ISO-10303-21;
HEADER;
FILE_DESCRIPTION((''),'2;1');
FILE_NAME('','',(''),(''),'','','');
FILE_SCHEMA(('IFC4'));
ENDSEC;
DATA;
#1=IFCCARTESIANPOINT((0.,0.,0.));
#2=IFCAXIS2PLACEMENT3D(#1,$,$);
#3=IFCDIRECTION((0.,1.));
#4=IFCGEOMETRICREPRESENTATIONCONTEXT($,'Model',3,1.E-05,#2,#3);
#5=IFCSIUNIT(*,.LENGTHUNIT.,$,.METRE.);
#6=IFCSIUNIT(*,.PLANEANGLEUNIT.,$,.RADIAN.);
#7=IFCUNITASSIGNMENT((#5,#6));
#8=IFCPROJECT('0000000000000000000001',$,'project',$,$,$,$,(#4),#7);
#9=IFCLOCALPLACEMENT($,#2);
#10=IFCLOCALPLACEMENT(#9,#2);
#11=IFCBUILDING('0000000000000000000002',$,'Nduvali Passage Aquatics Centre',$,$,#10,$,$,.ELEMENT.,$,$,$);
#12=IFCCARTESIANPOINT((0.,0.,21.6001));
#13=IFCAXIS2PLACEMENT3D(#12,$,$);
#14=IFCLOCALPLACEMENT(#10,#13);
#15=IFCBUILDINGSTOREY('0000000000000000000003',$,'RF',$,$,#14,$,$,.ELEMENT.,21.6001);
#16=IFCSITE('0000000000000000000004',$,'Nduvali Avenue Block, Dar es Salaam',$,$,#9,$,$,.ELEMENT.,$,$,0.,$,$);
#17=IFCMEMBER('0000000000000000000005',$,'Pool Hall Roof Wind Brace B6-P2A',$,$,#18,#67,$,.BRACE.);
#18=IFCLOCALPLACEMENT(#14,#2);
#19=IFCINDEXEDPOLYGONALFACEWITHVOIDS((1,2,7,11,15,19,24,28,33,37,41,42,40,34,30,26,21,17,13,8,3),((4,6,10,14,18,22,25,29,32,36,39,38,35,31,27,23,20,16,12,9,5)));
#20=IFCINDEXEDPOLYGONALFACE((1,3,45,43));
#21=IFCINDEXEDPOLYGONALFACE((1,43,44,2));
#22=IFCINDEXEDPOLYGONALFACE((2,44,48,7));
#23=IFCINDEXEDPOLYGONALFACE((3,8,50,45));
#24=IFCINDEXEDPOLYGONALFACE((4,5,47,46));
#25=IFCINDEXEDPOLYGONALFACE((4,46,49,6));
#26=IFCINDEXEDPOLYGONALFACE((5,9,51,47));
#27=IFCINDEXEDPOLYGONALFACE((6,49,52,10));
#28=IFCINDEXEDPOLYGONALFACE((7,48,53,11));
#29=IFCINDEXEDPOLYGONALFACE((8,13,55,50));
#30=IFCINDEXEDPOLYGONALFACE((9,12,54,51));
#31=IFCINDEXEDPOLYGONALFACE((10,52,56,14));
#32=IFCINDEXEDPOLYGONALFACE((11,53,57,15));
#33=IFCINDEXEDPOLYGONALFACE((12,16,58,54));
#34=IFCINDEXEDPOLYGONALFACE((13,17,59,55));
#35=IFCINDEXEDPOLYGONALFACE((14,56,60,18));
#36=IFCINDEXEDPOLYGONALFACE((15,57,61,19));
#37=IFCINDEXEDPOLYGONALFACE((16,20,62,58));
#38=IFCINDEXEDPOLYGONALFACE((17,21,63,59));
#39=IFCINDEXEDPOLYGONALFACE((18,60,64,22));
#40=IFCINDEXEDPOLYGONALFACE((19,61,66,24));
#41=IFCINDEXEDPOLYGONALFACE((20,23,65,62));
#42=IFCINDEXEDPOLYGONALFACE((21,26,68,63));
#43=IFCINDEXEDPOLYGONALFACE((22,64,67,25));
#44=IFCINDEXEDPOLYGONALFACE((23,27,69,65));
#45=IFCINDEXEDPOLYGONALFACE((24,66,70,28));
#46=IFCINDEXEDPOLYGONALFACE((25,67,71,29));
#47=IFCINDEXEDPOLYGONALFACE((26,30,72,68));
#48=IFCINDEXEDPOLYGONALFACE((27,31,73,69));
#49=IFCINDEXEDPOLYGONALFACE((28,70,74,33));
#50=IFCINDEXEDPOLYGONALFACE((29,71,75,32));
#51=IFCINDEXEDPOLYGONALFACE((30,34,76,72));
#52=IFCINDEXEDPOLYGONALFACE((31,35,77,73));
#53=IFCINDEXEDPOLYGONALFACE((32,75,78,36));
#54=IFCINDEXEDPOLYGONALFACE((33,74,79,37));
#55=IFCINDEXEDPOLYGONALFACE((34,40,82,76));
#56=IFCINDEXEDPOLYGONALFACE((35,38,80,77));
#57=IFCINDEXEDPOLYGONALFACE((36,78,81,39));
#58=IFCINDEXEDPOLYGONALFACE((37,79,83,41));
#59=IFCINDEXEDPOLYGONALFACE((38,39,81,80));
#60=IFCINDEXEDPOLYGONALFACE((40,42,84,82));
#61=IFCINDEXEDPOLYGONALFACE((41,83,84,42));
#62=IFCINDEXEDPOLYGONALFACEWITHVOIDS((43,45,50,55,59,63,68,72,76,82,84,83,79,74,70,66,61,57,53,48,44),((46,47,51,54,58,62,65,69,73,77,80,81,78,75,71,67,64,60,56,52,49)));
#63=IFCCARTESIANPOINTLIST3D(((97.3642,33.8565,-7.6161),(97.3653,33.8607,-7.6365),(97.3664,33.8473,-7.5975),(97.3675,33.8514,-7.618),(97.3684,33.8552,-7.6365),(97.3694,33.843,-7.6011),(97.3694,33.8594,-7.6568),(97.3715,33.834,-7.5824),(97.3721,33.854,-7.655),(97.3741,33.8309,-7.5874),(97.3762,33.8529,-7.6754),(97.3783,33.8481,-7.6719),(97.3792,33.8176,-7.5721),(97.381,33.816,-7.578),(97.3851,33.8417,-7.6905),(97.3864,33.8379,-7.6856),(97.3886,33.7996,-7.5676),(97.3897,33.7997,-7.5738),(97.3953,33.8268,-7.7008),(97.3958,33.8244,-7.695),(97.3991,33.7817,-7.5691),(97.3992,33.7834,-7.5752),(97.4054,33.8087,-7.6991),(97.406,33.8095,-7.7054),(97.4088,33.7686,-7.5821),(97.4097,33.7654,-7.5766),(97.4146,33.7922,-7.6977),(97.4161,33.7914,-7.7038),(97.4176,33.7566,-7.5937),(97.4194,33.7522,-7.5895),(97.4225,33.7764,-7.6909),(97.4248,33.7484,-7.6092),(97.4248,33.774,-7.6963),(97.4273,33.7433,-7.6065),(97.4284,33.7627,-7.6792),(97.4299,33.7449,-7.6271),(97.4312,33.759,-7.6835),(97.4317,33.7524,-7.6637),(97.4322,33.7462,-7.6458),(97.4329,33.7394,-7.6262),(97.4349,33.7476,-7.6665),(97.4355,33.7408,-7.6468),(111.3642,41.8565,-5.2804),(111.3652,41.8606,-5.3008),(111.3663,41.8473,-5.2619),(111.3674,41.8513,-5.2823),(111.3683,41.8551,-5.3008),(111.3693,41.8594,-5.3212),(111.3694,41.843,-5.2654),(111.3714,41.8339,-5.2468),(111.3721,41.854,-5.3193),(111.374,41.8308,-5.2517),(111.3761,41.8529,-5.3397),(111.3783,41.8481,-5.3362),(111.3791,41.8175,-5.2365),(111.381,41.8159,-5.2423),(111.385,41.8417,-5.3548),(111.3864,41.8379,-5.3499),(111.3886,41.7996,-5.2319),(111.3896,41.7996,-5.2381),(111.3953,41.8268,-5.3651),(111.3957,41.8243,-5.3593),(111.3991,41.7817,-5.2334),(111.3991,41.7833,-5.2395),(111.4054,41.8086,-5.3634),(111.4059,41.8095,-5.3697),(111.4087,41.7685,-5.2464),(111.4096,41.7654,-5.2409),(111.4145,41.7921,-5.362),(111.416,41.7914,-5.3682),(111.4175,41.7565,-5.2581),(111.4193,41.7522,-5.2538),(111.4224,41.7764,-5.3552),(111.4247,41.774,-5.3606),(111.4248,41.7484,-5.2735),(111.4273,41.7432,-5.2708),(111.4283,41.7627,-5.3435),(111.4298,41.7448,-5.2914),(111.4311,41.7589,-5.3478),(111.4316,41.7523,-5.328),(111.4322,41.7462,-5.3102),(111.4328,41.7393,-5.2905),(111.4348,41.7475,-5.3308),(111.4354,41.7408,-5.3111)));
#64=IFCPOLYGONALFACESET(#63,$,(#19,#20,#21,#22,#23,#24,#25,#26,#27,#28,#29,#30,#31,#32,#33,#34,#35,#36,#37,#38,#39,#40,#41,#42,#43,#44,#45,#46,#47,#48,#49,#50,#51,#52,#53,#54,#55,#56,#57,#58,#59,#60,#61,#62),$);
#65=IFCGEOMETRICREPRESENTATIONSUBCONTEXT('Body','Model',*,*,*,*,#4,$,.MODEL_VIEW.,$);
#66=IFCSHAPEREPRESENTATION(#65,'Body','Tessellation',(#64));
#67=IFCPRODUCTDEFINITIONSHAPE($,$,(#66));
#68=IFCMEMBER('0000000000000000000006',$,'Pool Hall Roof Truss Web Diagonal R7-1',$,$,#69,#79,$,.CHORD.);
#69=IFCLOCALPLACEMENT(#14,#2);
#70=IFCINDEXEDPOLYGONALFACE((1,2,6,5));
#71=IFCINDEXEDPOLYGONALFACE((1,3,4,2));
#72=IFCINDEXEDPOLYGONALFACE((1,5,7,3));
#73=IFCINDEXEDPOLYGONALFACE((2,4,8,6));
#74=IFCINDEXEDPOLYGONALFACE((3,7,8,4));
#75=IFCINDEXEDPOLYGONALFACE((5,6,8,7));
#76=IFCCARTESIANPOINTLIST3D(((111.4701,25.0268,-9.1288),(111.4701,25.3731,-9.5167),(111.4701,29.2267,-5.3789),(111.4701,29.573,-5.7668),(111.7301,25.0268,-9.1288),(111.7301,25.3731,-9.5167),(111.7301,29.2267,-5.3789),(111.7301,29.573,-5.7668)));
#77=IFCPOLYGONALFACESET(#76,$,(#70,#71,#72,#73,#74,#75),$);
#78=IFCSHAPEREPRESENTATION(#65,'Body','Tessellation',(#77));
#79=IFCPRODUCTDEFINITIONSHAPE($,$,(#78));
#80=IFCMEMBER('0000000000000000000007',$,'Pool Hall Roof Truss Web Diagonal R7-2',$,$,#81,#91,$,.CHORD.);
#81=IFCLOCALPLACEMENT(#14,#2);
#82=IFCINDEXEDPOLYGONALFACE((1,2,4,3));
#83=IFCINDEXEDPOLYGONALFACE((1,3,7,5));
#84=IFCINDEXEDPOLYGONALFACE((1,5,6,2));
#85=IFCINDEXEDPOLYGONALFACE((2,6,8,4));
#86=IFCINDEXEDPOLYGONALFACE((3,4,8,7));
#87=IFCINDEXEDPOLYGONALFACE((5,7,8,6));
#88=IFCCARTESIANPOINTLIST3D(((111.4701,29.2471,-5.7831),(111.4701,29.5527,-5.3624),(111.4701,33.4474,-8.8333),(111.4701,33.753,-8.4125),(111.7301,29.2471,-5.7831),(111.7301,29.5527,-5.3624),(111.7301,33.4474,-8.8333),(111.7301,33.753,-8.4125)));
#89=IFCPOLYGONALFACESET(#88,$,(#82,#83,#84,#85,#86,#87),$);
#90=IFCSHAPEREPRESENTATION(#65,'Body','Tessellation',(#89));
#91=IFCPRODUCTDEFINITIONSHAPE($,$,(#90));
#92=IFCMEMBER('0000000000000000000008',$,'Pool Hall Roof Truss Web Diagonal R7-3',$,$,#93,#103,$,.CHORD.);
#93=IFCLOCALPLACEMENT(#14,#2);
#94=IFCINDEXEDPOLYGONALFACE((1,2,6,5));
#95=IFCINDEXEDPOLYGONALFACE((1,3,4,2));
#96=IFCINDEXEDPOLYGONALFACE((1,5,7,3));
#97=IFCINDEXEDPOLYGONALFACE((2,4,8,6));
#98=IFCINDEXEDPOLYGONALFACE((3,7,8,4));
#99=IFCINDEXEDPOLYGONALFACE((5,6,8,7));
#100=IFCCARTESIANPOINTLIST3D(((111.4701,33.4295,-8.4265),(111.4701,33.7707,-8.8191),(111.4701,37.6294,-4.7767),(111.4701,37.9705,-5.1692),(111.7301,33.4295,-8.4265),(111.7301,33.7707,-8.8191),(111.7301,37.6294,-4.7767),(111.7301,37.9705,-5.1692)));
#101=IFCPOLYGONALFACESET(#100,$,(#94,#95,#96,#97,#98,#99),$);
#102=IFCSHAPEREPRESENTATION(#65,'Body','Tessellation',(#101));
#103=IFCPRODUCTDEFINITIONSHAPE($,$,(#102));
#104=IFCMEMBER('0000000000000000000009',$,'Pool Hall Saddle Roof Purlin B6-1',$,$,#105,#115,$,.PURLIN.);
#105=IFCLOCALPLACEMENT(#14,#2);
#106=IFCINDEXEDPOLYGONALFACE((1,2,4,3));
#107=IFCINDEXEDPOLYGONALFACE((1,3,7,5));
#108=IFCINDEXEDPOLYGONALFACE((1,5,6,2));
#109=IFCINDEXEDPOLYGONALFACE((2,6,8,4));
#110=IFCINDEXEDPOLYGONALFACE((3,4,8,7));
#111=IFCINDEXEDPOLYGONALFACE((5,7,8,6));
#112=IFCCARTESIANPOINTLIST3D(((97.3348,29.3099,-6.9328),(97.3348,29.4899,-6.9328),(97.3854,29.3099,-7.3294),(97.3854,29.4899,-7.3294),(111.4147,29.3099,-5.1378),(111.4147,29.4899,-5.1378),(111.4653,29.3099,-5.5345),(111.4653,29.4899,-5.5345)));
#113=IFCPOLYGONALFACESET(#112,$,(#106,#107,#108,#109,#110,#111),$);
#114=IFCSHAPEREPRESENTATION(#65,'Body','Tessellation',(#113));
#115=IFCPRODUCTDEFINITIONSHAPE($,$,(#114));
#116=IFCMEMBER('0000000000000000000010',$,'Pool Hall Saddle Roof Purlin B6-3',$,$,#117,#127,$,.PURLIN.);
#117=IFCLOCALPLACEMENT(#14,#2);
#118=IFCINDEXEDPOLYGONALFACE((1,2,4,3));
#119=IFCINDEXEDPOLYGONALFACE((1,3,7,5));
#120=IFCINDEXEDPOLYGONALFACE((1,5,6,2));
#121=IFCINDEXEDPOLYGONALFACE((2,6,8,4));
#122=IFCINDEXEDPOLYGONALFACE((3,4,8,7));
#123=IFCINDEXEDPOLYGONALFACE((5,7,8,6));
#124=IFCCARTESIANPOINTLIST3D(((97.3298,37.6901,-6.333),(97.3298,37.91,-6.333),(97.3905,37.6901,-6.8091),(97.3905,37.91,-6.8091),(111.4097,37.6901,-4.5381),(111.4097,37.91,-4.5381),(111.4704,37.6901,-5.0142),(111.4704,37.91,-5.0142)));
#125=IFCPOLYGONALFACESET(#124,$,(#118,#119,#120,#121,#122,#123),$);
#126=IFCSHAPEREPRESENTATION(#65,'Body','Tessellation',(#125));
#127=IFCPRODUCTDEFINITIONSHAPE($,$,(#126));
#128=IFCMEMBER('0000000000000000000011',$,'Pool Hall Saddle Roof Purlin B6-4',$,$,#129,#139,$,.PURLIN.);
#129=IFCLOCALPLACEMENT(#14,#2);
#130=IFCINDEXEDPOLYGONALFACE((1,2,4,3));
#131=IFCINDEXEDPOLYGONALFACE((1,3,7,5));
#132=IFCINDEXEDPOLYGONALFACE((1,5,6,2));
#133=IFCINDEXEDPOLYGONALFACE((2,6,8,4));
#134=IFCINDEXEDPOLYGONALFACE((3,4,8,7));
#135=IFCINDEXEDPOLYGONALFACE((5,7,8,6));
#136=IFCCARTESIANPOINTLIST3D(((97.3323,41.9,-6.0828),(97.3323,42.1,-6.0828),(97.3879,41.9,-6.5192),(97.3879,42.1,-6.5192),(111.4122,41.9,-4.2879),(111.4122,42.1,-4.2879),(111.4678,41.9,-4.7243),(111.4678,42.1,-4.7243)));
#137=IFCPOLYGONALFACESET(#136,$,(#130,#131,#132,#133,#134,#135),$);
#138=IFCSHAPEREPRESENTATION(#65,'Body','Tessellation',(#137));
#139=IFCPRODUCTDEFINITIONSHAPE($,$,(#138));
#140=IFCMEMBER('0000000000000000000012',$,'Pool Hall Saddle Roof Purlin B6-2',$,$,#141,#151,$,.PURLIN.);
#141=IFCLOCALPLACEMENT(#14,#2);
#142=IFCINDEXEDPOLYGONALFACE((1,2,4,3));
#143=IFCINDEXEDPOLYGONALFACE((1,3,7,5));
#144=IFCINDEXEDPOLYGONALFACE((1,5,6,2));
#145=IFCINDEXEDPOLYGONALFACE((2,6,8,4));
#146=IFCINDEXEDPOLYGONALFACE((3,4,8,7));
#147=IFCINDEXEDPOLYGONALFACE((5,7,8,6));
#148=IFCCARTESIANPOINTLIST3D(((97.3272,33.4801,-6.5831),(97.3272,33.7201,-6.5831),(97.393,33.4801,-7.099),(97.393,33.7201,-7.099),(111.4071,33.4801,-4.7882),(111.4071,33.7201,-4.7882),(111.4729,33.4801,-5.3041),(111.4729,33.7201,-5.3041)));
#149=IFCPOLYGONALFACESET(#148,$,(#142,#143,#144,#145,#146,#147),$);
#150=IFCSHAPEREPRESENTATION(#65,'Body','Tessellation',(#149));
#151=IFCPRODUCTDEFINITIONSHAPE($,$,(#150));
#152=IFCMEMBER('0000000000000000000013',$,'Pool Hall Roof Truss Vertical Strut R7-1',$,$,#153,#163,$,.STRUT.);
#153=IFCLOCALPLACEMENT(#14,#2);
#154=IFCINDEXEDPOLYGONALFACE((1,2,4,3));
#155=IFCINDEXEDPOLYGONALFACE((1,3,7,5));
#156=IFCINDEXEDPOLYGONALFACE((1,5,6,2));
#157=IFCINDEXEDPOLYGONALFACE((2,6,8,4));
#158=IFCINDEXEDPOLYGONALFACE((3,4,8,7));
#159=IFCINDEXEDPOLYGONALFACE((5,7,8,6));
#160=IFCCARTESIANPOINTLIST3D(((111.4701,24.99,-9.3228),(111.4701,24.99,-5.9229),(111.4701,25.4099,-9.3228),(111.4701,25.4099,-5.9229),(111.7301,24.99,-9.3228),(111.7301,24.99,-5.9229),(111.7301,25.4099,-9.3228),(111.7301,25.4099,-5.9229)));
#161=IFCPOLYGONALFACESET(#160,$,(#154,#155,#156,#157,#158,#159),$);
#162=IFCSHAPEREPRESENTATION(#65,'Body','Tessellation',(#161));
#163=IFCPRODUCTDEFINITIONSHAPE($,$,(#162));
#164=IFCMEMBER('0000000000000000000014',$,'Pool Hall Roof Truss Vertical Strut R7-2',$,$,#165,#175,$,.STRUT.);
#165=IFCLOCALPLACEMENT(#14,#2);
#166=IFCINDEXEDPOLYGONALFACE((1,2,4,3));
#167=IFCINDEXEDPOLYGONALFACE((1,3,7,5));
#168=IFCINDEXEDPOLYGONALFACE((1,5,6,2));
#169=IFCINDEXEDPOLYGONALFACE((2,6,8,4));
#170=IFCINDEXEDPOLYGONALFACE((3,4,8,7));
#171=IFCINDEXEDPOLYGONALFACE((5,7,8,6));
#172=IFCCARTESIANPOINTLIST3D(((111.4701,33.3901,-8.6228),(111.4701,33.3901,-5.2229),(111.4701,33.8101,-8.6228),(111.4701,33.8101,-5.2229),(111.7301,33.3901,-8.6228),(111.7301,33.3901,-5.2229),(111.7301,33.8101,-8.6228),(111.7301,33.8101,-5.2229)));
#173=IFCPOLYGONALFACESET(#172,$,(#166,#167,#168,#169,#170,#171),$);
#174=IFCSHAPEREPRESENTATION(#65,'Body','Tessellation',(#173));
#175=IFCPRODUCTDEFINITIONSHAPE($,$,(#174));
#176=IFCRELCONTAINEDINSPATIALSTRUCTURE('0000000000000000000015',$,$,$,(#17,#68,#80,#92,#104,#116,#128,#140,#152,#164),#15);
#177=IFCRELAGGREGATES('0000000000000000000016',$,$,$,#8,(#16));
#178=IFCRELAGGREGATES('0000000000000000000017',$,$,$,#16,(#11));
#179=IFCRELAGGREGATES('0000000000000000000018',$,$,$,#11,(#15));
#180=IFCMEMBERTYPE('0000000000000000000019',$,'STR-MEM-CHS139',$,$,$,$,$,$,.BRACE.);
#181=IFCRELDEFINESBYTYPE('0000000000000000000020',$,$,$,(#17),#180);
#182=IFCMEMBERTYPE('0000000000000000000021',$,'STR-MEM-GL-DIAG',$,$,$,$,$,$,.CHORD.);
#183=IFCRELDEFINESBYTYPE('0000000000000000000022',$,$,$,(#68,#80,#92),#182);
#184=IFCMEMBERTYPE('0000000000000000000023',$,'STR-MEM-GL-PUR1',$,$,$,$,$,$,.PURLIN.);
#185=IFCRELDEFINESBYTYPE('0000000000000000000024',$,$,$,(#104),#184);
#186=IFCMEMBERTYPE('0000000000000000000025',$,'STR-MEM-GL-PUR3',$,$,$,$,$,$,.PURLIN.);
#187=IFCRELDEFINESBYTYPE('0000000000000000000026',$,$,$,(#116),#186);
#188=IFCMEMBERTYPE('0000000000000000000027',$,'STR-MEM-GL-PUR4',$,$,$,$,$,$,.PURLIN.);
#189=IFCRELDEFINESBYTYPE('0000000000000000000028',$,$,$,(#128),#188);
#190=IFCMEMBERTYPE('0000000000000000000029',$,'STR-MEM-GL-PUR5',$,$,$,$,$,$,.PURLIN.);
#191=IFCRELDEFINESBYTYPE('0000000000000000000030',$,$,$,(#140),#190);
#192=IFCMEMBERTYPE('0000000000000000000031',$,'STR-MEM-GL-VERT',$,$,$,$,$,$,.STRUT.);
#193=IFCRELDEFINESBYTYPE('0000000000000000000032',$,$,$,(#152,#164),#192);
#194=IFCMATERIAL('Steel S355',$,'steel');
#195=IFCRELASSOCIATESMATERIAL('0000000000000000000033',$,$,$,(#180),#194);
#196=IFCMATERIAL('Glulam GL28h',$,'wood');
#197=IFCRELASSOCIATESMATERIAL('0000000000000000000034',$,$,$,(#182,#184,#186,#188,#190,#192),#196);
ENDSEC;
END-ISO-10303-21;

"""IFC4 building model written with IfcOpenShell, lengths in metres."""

from ifc_helpers import new_model, si_unit, direction, frame, origin, origin_2d, place, context, subcontext, project, spatial, rectangle, hollow_circle, extrude, material, material_profile, profile_set, type_object, element, save


model = new_model("IFC4")

# Units and contexts
model_context = context("Model", 3, precision=1e-05, world=origin(), true_north=direction((0.0, 1.0)))
body_context = subcontext(model_context, "Body", "Model", "MODEL_VIEW")
ifc_project = project(units=[si_unit("LENGTHUNIT", "METRE"), si_unit("PLANEANGLEUNIT", "RADIAN")], contexts=[model_context])

# Site, building, storey
site_placement = place(None, origin())
site = spatial("IfcSite", under=ifc_project, at=site_placement, Name="Nduvali Avenue Block, Dar es Salaam", CompositionType="ELEMENT", RefElevation=0.0)
building_placement = place(site_placement, origin())
building = spatial("IfcBuilding", under=site, at=building_placement, Name="Nduvali Passage Aquatics Centre", CompositionType="ELEMENT")
storey_placement = place(building_placement, frame((0.0, 0.0, 21.6001)))
storey = spatial("IfcBuildingStorey", under=building, at=storey_placement, Name="RF", CompositionType="ELEMENT", Elevation=21.6001)

# Members
ifc_material_1 = material(Name="Steel S355", Category="steel")
ifc_material_profile_1 = material_profile(ifc_material_1, hollow_circle(Radius=0.0698, WallThickness=0.0063, at=origin_2d()), Name="CHS 139.7x6.3")
ifc_profile_set_1 = profile_set([ifc_material_profile_1], Name="Steel S355")
member_type_1 = type_object("IfcMemberType", Name="STR-MEM-CHS139", PredefinedType="BRACE", material=ifc_profile_set_1)
member_1_placement = place(storey_placement, frame((97.3999, 33.8, -7.6365), z_axis=(0.859275, 0.491014, 0.143357), x_axis=(-0.496139, 0.868243, 0.0)))
element("IfcMember", 1, at=member_1_placement, inside=storey, type_object=member_type_1, Name="Pool Hall Roof Wind Brace B6-P2A", PredefinedType="BRACE", context=body_context, shape_type="SweptSolid", body=[
    extrude(hollow_circle(Radius=0.0698, WallThickness=0.0063, at=origin_2d()), origin(), (0.0, 0.0, 1.0), 16.2927),
])
ifc_material_2 = material(Name="Glulam GL28h", Category="wood")
ifc_material_profile_2 = material_profile(ifc_material_2, rectangle(XDim=0.26, YDim=0.52, at=origin_2d()), Name="GL28h 260x520")
ifc_profile_set_2 = profile_set([ifc_material_profile_2], Name="Glulam GL28h")
member_type_2 = type_object("IfcMemberType", Name="STR-MEM-GL-DIAG", PredefinedType="CHORD", material=ifc_profile_set_2)
member_2_placement = place(storey_placement, frame((111.6001, 25.2, -9.3228), z_axis=(0.0, 0.745934, 0.66602), x_axis=(-1.0, 0.0, 0.0)))
element("IfcMember", 2, at=member_2_placement, inside=storey, type_object=member_type_2, Name="Pool Hall Roof Truss Web Diagonal R7-1", PredefinedType="CHORD", context=body_context, shape_type="SweptSolid", body=[
    extrude(rectangle(XDim=0.26, YDim=0.52, at=origin_2d()), origin(), (0.0, 0.0, 1.0), 5.6304),
])
member_3_placement = place(storey_placement, frame((111.6001, 29.3999, -5.5728), z_axis=(0.0, 0.809161, -0.587587), x_axis=(-1.0, 0.0, 0.0)))
element("IfcMember", 3, at=member_3_placement, inside=storey, type_object=member_type_2, Name="Pool Hall Roof Truss Web Diagonal R7-2", PredefinedType="CHORD", context=body_context, shape_type="SweptSolid", body=[
    extrude(rectangle(XDim=0.26, YDim=0.52, at=origin_2d()), origin(), (0.0, 0.0, 1.0), 5.1909),
])
member_4_placement = place(storey_placement, frame((111.6001, 33.6001, -8.6228), z_axis=(0.0, 0.754804, 0.655951), x_axis=(-1.0, 0.0, 0.0)))
element("IfcMember", 4, at=member_4_placement, inside=storey, type_object=member_type_2, Name="Pool Hall Roof Truss Web Diagonal R7-3", PredefinedType="CHORD", context=body_context, shape_type="SweptSolid", body=[
    extrude(rectangle(XDim=0.26, YDim=0.52, at=origin_2d()), origin(), (0.0, 0.0, 1.0), 5.5642),
])
ifc_material_profile_3 = material_profile(ifc_material_2, rectangle(XDim=0.1799, YDim=0.3999, at=origin_2d()), Name="GL28h 180x400")
ifc_profile_set_3 = profile_set([ifc_material_profile_3], Name="Glulam GL28h")
member_type_3 = type_object("IfcMemberType", Name="STR-MEM-GL-PUR1", PredefinedType="PURLIN", material=ifc_profile_set_3)
member_5_placement = place(storey_placement, frame((97.3601, 29.3999, -7.1311), z_axis=(0.991972, 0.0, 0.126458), x_axis=(0.0, 1.0, 0.0)))
element("IfcMember", 5, at=member_5_placement, inside=storey, type_object=member_type_3, Name="Pool Hall Saddle Roof Purlin B6-1", PredefinedType="PURLIN", context=body_context, shape_type="SweptSolid", body=[
    extrude(rectangle(XDim=0.1799, YDim=0.3999, at=origin_2d()), origin(), (0.0, 0.0, 1.0), 14.1938),
])
ifc_material_profile_4 = material_profile(ifc_material_2, rectangle(XDim=0.22, YDim=0.48, at=origin_2d()), Name="GL28h 220x480")
ifc_profile_set_4 = profile_set([ifc_material_profile_4], Name="Glulam GL28h")
member_type_4 = type_object("IfcMemberType", Name="STR-MEM-GL-PUR3", PredefinedType="PURLIN", material=ifc_profile_set_4)
member_6_placement = place(storey_placement, frame((97.3601, 37.8, -6.571), z_axis=(0.991972, 0.0, 0.126458), x_axis=(0.0, 1.0, 0.0)))
element("IfcMember", 6, at=member_6_placement, inside=storey, type_object=member_type_4, Name="Pool Hall Saddle Roof Purlin B6-3", PredefinedType="PURLIN", context=body_context, shape_type="SweptSolid", body=[
    extrude(rectangle(XDim=0.22, YDim=0.48, at=origin_2d()), origin(), (0.0, 0.0, 1.0), 14.1938),
])
ifc_material_profile_5 = material_profile(ifc_material_2, rectangle(XDim=0.2, YDim=0.4399, at=origin_2d()), Name="GL28h 200x440")
ifc_profile_set_5 = profile_set([ifc_material_profile_5], Name="Glulam GL28h")
member_type_5 = type_object("IfcMemberType", Name="STR-MEM-GL-PUR4", PredefinedType="PURLIN", material=ifc_profile_set_5)
member_7_placement = place(storey_placement, frame((97.3601, 42.0, -6.301), z_axis=(0.991972, 0.0, 0.126458), x_axis=(0.0, 1.0, 0.0)))
element("IfcMember", 7, at=member_7_placement, inside=storey, type_object=member_type_5, Name="Pool Hall Saddle Roof Purlin B6-4", PredefinedType="PURLIN", context=body_context, shape_type="SweptSolid", body=[
    extrude(rectangle(XDim=0.2, YDim=0.4399, at=origin_2d()), origin(), (0.0, 0.0, 1.0), 14.1938),
])
ifc_material_profile_6 = material_profile(ifc_material_2, rectangle(XDim=0.24, YDim=0.52, at=origin_2d()), Name="GL28h 240x520")
ifc_profile_set_6 = profile_set([ifc_material_profile_6], Name="Glulam GL28h")
member_type_6 = type_object("IfcMemberType", Name="STR-MEM-GL-PUR5", PredefinedType="PURLIN", material=ifc_profile_set_6)
member_8_placement = place(storey_placement, frame((97.3601, 33.6001, -6.8411), z_axis=(0.991972, 0.0, 0.126458), x_axis=(0.0, 1.0, 0.0)))
element("IfcMember", 8, at=member_8_placement, inside=storey, type_object=member_type_6, Name="Pool Hall Saddle Roof Purlin B6-2", PredefinedType="PURLIN", context=body_context, shape_type="SweptSolid", body=[
    extrude(rectangle(XDim=0.24, YDim=0.52, at=origin_2d()), origin(), (0.0, 0.0, 1.0), 14.1938),
])
ifc_material_profile_7 = material_profile(ifc_material_2, rectangle(XDim=0.26, YDim=0.4199, at=origin_2d()), Name="GL28h 260x420")
ifc_profile_set_7 = profile_set([ifc_material_profile_7], Name="Glulam GL28h")
member_type_7 = type_object("IfcMemberType", Name="STR-MEM-GL-VERT", PredefinedType="STRUT", material=ifc_profile_set_7)
for number, where, z_axis, x_axis, name in (
    (9, (111.6001, 25.2, -9.3228), (0.0, 0.0, 1.0), (1.0, 0.0, 0.0), "Pool Hall Roof Truss Vertical Strut R7-1"),
    (10, (111.6001, 33.6001, -8.6228), (0.0, 0.0, 1.0), (1.0, 0.0, 0.0), "Pool Hall Roof Truss Vertical Strut R7-2"),
):
    element("IfcMember", number, at=place(storey_placement, frame(where, z_axis=z_axis, x_axis=x_axis)), inside=storey, type_object=member_type_7, Name=name, PredefinedType="STRUT", context=body_context, shape_type="SweptSolid", body=[
        extrude(rectangle(XDim=0.26, YDim=0.4199, at=origin_2d()), origin(), (0.0, 0.0, 1.0), 3.3999),
    ])

save(model, "model.ifc")
